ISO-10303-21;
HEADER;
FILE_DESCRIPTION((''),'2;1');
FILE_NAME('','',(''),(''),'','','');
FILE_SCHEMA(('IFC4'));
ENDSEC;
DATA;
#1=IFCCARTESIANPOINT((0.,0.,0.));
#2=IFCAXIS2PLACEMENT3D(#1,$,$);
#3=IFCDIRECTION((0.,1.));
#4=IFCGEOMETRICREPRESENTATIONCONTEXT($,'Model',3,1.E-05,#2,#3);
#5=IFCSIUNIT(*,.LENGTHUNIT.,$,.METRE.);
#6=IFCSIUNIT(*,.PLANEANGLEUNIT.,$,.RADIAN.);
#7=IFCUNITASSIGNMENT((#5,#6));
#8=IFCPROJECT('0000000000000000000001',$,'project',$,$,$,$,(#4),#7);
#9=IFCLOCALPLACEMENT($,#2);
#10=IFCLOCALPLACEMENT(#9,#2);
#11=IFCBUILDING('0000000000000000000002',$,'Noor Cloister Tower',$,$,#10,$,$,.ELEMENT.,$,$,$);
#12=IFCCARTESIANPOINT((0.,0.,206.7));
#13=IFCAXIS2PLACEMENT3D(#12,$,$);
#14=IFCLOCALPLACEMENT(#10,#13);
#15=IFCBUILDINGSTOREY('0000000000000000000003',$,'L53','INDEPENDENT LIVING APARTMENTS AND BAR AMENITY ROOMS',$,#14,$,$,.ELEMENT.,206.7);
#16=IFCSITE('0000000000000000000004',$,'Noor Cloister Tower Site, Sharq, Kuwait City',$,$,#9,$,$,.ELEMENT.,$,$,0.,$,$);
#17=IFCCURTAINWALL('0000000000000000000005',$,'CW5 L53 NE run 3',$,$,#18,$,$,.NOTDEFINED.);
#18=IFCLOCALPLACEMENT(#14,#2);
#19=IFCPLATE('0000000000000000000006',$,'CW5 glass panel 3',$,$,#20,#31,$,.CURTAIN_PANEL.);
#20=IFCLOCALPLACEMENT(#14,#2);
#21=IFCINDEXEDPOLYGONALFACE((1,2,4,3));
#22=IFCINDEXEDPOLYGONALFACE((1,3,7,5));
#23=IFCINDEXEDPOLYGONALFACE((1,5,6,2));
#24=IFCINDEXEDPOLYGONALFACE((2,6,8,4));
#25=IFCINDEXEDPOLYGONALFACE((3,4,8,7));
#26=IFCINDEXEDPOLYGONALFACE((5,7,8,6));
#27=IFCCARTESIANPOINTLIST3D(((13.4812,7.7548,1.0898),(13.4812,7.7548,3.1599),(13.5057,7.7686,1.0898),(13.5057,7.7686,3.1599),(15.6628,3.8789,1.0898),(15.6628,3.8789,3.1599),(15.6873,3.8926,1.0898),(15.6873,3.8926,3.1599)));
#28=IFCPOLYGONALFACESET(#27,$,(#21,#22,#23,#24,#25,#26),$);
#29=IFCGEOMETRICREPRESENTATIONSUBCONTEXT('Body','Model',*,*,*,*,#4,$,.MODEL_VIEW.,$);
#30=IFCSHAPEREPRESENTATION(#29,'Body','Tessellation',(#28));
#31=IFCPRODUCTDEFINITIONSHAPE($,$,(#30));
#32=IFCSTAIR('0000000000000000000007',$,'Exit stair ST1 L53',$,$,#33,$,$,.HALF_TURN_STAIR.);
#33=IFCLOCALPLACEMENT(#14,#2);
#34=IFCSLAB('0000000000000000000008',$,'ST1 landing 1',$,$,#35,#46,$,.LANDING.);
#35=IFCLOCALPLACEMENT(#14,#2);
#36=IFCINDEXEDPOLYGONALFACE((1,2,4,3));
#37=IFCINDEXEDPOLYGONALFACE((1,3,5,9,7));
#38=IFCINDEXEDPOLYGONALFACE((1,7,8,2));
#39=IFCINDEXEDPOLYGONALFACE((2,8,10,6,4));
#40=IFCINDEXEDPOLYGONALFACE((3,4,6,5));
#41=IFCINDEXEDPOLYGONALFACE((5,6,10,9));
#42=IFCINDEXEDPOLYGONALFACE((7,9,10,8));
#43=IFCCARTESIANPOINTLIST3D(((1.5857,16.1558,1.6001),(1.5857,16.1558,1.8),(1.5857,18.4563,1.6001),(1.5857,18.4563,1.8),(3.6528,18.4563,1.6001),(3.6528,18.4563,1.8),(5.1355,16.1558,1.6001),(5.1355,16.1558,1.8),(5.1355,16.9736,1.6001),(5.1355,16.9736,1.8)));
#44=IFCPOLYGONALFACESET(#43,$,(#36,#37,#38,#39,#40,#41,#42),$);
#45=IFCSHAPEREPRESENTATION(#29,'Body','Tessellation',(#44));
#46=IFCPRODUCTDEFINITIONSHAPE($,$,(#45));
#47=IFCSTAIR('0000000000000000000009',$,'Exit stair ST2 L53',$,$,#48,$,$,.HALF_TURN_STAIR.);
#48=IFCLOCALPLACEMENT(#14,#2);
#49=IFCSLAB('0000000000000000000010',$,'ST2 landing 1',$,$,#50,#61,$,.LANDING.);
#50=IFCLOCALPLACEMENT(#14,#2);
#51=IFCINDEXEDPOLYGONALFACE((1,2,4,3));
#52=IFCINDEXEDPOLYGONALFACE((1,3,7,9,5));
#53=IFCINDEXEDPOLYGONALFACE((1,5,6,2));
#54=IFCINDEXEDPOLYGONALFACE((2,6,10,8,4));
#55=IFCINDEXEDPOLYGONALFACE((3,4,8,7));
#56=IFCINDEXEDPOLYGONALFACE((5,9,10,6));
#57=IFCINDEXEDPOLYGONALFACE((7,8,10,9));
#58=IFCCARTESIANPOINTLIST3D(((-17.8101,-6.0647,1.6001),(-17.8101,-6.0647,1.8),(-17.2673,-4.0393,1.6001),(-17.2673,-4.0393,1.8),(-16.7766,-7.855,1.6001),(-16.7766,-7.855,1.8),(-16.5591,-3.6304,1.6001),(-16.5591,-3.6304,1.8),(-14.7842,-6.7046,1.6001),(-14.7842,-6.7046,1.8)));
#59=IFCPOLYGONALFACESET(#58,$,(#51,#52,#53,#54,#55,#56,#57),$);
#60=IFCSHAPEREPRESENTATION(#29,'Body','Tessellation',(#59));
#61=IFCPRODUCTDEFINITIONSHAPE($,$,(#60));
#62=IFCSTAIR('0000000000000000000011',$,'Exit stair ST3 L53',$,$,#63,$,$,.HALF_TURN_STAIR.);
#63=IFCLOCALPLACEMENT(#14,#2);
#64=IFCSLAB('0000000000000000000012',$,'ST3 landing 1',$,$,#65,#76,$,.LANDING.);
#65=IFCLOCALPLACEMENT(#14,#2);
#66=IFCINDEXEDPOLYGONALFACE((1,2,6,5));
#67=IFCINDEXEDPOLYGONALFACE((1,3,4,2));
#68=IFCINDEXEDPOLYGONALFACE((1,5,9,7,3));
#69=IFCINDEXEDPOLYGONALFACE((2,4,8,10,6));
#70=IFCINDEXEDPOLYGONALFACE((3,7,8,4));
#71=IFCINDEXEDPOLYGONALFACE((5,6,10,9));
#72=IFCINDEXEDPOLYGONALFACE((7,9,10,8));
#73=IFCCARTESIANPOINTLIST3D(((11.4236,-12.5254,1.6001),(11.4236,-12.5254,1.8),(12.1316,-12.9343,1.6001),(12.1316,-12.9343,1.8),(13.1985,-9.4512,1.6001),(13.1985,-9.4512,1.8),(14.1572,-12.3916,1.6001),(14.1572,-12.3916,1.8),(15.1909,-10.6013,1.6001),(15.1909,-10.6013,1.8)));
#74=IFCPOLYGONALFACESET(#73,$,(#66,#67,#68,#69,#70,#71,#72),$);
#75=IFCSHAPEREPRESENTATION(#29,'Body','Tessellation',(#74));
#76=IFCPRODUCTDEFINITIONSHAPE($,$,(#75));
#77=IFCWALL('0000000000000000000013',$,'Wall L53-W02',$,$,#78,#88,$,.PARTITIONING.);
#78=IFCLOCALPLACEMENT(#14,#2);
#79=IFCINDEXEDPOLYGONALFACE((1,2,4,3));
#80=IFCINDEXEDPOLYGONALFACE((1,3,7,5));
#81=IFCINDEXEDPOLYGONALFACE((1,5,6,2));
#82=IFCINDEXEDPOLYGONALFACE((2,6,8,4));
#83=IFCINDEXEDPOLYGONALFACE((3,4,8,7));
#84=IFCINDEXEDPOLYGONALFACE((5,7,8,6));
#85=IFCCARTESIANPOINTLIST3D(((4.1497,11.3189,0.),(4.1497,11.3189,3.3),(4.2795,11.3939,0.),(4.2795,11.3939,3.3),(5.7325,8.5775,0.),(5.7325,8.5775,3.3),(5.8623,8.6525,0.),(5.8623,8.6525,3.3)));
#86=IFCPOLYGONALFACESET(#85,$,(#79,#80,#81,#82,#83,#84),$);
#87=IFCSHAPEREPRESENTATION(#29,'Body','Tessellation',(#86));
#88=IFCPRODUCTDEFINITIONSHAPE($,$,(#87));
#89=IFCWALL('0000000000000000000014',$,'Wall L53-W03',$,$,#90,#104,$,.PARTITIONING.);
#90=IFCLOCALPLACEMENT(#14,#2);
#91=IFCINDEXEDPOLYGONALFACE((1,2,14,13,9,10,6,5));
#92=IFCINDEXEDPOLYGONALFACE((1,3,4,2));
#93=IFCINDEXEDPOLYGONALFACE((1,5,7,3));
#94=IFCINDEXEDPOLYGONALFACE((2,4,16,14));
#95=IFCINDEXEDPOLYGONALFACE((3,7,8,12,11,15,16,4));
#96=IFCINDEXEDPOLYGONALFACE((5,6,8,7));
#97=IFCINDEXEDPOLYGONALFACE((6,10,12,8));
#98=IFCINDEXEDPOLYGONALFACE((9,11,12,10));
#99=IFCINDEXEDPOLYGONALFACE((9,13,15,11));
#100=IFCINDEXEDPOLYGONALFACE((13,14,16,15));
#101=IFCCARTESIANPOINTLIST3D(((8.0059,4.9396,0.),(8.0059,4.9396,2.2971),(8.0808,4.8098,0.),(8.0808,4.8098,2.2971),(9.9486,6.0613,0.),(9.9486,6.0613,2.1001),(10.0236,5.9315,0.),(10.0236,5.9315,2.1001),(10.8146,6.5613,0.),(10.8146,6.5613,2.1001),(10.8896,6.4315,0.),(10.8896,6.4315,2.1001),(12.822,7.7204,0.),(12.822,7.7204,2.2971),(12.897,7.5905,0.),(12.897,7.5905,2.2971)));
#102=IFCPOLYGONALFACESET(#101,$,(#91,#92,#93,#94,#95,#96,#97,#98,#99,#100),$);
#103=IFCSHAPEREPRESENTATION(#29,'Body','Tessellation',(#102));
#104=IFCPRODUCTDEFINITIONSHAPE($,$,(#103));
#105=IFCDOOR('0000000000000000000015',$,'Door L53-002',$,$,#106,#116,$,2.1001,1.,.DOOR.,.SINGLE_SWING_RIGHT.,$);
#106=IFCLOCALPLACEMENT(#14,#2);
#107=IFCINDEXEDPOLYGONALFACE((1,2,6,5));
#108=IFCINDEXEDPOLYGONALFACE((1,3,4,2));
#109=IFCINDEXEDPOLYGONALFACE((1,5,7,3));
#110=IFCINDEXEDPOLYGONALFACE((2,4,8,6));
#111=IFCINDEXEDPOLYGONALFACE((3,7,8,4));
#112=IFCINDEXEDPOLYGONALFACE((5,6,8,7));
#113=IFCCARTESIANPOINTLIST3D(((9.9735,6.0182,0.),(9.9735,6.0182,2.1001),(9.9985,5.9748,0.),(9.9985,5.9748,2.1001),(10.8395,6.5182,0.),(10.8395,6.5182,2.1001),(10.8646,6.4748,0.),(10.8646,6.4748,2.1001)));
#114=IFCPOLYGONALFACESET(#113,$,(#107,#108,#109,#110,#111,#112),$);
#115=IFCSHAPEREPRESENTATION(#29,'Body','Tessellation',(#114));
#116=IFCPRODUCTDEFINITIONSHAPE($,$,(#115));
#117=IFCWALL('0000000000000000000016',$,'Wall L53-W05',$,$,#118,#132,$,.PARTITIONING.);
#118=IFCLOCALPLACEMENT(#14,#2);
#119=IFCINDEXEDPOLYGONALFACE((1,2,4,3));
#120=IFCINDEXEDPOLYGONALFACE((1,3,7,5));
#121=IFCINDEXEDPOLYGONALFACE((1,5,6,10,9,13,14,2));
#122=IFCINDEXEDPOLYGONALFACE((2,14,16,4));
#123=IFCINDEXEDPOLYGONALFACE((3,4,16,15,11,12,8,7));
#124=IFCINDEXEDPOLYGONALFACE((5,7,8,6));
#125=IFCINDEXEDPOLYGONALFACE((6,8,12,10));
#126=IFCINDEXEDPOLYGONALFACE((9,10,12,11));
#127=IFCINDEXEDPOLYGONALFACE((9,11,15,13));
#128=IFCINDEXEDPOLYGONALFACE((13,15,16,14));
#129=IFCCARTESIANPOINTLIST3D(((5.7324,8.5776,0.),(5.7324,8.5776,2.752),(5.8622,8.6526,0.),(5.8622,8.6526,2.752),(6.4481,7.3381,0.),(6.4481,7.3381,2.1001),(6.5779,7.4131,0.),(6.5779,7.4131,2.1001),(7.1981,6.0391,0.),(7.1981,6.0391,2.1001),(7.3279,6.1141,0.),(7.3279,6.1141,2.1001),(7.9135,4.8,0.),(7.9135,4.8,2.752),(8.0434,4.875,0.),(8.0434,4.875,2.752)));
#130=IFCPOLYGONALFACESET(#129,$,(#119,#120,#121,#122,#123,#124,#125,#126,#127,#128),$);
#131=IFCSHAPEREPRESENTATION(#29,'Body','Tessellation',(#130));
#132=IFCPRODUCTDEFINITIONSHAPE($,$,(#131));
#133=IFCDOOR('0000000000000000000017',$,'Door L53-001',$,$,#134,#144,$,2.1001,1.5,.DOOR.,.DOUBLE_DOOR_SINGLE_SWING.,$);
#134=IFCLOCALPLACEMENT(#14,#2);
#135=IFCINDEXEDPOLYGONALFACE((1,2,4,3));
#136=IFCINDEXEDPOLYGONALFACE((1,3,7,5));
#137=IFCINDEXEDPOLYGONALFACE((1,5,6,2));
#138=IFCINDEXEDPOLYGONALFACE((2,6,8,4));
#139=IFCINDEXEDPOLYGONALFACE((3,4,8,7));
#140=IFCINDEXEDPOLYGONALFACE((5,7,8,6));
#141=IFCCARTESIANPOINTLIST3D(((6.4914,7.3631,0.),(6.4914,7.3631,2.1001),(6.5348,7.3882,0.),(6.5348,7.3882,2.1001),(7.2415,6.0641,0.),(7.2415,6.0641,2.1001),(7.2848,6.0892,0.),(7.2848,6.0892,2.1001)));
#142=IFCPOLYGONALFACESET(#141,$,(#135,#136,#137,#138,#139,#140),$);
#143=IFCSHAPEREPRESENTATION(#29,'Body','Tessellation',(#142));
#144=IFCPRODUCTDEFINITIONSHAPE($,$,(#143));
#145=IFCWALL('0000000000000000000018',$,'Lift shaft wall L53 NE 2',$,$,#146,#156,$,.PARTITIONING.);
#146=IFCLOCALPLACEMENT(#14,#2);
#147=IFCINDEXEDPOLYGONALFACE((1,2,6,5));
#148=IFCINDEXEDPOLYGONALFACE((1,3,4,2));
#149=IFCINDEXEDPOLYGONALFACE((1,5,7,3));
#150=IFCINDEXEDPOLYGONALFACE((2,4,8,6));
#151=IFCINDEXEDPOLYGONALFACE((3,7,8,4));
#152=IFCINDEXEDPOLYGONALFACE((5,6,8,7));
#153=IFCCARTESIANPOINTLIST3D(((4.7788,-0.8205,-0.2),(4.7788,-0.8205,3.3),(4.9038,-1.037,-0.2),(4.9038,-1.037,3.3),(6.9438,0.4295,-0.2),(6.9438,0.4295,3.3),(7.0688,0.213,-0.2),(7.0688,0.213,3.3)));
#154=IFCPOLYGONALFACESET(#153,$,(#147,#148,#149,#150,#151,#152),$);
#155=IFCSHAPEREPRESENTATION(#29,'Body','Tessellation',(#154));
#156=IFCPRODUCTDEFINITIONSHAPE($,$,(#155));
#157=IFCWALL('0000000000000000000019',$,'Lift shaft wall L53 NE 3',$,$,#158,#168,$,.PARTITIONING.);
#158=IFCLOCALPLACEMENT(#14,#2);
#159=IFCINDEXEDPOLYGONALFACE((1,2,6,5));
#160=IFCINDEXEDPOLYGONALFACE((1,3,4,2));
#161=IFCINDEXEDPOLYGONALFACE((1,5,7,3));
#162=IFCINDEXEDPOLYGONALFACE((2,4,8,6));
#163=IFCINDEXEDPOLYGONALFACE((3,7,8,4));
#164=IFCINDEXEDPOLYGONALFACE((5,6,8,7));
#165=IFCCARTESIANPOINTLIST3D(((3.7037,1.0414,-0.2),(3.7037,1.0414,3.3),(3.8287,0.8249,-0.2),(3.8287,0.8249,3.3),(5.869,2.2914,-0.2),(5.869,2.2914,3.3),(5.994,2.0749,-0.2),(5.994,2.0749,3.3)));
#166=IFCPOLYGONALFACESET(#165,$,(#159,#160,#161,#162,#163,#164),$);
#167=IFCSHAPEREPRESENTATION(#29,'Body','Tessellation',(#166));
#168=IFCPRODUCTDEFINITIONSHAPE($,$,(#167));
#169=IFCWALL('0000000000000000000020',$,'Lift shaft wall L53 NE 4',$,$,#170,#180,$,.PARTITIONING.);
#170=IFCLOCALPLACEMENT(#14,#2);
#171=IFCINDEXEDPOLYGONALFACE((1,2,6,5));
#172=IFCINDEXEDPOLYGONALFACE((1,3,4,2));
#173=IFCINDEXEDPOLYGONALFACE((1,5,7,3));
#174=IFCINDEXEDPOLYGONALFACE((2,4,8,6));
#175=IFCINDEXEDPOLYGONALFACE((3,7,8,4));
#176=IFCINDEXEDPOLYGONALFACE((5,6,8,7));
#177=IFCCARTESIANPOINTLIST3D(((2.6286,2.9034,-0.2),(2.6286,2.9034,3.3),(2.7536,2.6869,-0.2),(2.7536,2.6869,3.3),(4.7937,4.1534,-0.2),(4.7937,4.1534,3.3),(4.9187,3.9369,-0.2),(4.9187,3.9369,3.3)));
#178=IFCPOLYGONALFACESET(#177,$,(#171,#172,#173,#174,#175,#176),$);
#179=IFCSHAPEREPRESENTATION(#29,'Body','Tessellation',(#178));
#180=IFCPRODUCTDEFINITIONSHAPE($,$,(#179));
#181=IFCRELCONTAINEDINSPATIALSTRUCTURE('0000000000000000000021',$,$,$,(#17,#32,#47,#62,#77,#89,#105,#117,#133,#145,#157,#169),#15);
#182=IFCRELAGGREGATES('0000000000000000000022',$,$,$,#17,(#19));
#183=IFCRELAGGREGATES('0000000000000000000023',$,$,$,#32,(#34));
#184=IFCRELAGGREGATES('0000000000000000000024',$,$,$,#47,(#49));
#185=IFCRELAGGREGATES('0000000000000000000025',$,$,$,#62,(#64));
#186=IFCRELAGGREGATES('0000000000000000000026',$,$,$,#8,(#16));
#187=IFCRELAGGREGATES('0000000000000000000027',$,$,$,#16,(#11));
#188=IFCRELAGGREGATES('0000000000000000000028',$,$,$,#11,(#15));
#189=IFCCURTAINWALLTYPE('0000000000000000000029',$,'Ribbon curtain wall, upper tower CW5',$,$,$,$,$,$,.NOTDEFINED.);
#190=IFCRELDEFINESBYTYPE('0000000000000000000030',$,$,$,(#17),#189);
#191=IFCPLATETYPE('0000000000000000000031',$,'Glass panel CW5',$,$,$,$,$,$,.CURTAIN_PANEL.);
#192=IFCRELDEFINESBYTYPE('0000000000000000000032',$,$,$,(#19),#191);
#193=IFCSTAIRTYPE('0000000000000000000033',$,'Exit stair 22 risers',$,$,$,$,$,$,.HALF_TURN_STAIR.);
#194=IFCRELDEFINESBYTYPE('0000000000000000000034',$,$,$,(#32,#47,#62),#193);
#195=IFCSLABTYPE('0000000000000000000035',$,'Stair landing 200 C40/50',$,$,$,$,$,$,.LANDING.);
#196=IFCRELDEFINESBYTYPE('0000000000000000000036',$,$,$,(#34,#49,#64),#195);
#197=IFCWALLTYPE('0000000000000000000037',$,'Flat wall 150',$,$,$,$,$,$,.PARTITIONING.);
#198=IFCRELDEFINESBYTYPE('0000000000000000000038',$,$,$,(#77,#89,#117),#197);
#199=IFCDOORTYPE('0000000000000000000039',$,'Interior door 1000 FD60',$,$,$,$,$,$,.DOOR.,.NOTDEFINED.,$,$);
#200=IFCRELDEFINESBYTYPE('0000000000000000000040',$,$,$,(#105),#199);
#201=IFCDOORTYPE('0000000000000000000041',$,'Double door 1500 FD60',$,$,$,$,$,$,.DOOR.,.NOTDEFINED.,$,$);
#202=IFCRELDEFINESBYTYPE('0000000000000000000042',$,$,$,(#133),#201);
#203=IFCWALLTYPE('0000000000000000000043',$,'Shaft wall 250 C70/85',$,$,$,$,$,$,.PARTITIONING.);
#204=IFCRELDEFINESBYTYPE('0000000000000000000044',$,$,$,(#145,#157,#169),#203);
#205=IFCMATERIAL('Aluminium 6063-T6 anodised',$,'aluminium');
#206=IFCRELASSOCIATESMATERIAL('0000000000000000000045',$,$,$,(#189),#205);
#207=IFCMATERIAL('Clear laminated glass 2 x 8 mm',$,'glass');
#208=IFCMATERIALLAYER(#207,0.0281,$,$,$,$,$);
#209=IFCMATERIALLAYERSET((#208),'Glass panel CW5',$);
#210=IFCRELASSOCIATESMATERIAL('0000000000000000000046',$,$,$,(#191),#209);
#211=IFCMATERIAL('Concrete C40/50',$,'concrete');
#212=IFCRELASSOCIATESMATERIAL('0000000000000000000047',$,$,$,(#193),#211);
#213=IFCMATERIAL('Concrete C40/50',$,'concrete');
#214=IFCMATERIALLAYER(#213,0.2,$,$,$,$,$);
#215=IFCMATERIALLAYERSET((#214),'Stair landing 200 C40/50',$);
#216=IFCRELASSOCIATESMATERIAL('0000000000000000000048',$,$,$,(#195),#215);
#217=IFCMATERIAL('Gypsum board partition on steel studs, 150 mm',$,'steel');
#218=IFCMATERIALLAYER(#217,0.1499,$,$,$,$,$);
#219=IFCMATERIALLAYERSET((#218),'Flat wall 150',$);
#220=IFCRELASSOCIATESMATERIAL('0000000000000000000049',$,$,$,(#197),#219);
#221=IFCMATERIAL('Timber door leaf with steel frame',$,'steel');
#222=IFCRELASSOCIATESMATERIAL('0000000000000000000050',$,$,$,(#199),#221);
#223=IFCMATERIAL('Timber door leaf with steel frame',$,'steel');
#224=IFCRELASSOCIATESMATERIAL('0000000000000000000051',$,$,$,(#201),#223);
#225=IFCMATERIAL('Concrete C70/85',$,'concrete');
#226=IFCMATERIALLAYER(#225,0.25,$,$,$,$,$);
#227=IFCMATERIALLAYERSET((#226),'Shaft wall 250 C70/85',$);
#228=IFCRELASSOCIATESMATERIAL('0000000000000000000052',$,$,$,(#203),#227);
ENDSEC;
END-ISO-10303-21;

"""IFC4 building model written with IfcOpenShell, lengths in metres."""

from ifc_helpers import new_model, si_unit, direction, frame, frame_2d, origin, origin_2d, place, context, subcontext, project, spatial, polyline, rectangle, outline, extrude, material, layer, layer_set, type_object, element, fill, aggregate, save


model = new_model("IFC4")

# Units and contexts
model_context = context("Model", 3, precision=1e-05, world=origin(), true_north=direction((0.0, 1.0)))
body_context = subcontext(model_context, "Body", "Model", "MODEL_VIEW")
ifc_project = project(units=[si_unit("LENGTHUNIT", "METRE"), si_unit("PLANEANGLEUNIT", "RADIAN")], contexts=[model_context])

# Site, building, storey
site_placement = place(None, origin())
site = spatial("IfcSite", under=ifc_project, at=site_placement, Name="Noor Cloister Tower Site, Sharq, Kuwait City", CompositionType="ELEMENT", RefElevation=0.0)
building_placement = place(site_placement, origin())
building = spatial("IfcBuilding", under=site, at=building_placement, Name="Noor Cloister Tower", CompositionType="ELEMENT")
storey_placement = place(building_placement, frame((0.0, 0.0, 206.7)))
storey = spatial("IfcBuildingStorey", under=building, at=storey_placement, Name="L53", Description="INDEPENDENT LIVING APARTMENTS AND BAR AMENITY ROOMS", CompositionType="ELEMENT", Elevation=206.7)

# Curtain wall
ifc_material_1 = material(Name="Aluminium 6063-T6 anodised", Category="aluminium")
curtain_wall_type = type_object("IfcCurtainWallType", Name="Ribbon curtain wall, upper tower CW5", PredefinedType="NOTDEFINED", material=ifc_material_1)
curtain_wall_placement = place(storey_placement, origin())
curtain_wall = element("IfcCurtainWall", 1, at=curtain_wall_placement, inside=storey, type_object=curtain_wall_type, Name="CW5 L53 NE run 3", PredefinedType="NOTDEFINED")

# Plate
ifc_material_2 = material(Name="Clear laminated glass 2 x 8 mm", Category="glass")
ifc_layer_1 = layer(ifc_material_2, 0.0281)
ifc_layer_set_1 = layer_set([ifc_layer_1], Name="Glass panel CW5")
plate_type = type_object("IfcPlateType", Name="Glass panel CW5", PredefinedType="CURTAIN_PANEL", material=ifc_layer_set_1)
plate_1_placement = place(storey_placement, frame((14.5842, 5.8237, 1.0898), z_axis=(0.0, 0.0, 1.0), x_axis=(-0.490491, 0.871446, 0.0)))
plate_1 = element("IfcPlate", 2, at=plate_1_placement, type_object=plate_type, Name="CW5 glass panel 3", PredefinedType="CURTAIN_PANEL", context=body_context, shape_type="SweptSolid", body=[
    extrude(rectangle(XDim=4.4478, YDim=0.0281, at=origin_2d()), origin(), (0.0, 0.0, 1.0), 2.0701),
])
aggregate(curtain_wall, [plate_1])

# Stairs, slabs
ifc_material_3 = material(Name="Concrete C40/50", Category="concrete")
stair_type = type_object("IfcStairType", Name="Exit stair 22 risers", PredefinedType="HALF_TURN_STAIR", material=ifc_material_3)
stair_1_placement = place(storey_placement, origin())
stair_1 = element("IfcStair", 3, at=stair_1_placement, inside=storey, type_object=stair_type, Name="Exit stair ST1 L53", PredefinedType="HALF_TURN_STAIR")
ifc_material_4 = material(Name="Concrete C40/50", Category="concrete")
ifc_layer_2 = layer(ifc_material_4, 0.2)
ifc_layer_set_2 = layer_set([ifc_layer_2], Name="Stair landing 200 C40/50")
slab_type_1 = type_object("IfcSlabType", Name="Stair landing 200 C40/50", PredefinedType="LANDING", material=ifc_layer_set_2)
slab_1_placement = place(storey_placement, frame((0.0, 0.0, 1.6001)))
slab_1 = element("IfcSlab", 4, at=slab_1_placement, type_object=slab_type_1, Name="ST1 landing 1", PredefinedType="LANDING", context=body_context, shape_type="SweptSolid", body=[
    extrude(outline(polyline([(5.1355, 16.1558), (5.1355, 16.9736), (3.6528, 18.4563), (1.5857, 18.4563), (1.5857, 16.1558), (5.1355, 16.1558)])), origin(), (0.0, 0.0, 1.0), 0.2),
])
aggregate(stair_1, [slab_1])
stair_2_placement = place(storey_placement, origin())
stair_2 = element("IfcStair", 5, at=stair_2_placement, inside=storey, type_object=stair_type, Name="Exit stair ST2 L53", PredefinedType="HALF_TURN_STAIR")
slab_2_placement = place(storey_placement, frame((0.0, 0.0, 1.6001)))
slab_2 = element("IfcSlab", 6, at=slab_2_placement, type_object=slab_type_1, Name="ST2 landing 1", PredefinedType="LANDING", context=body_context, shape_type="SweptSolid", body=[
    extrude(outline(polyline([(-16.5591, -3.6304), (-17.2673, -4.0393), (-17.8101, -6.0647), (-16.7766, -7.855), (-14.7842, -6.7046), (-16.5591, -3.6304)])), origin(), (0.0, 0.0, 1.0), 0.2),
])
aggregate(stair_2, [slab_2])
stair_3_placement = place(storey_placement, origin())
stair_3 = element("IfcStair", 7, at=stair_3_placement, inside=storey, type_object=stair_type, Name="Exit stair ST3 L53", PredefinedType="HALF_TURN_STAIR")
slab_3_placement = place(storey_placement, frame((0.0, 0.0, 1.6001)))
slab_3 = element("IfcSlab", 8, at=slab_3_placement, type_object=slab_type_1, Name="ST3 landing 1", PredefinedType="LANDING", context=body_context, shape_type="SweptSolid", body=[
    extrude(outline(polyline([(11.4236, -12.5254), (12.1316, -12.9343), (14.1572, -12.3916), (15.1909, -10.6013), (13.1985, -9.4512), (11.4236, -12.5254)])), origin(), (0.0, 0.0, 1.0), 0.2),
])
aggregate(stair_3, [slab_3])

# Wall
ifc_material_5 = material(Name="Gypsum board partition on steel studs, 150 mm", Category="steel")
ifc_layer_3 = layer(ifc_material_5, 0.1499)
ifc_layer_set_3 = layer_set([ifc_layer_3], Name="Flat wall 150")
wall_type_1 = type_object("IfcWallType", Name="Flat wall 150", PredefinedType="PARTITIONING", material=ifc_layer_set_3)
wall_1_placement = place(storey_placement, frame((5.7974, 8.615, 0.0), z_axis=(0.0, 0.0, 1.0), x_axis=(-0.499996, 0.866028, 0.0)))
element("IfcWall", 9, at=wall_1_placement, inside=storey, type_object=wall_type_1, Name="Wall L53-W02", PredefinedType="PARTITIONING", context=body_context, shape_type="SweptSolid", body=[
    extrude(rectangle(XDim=3.1655, YDim=0.1499, at=frame_2d((1.5828, 0.0))), origin(), (0.0, 0.0, 1.0), 3.3),
])

# Walls, openings, doors
wall_2_placement = place(storey_placement, frame((12.8596, 7.6555, 0.0), z_axis=(0.0, 0.0, 1.0), x_axis=(-0.866014, -0.50002, 0.0)))
wall_2 = element("IfcWall", 10, at=wall_2_placement, inside=storey, type_object=wall_type_1, Name="Wall L53-W03", PredefinedType="PARTITIONING", context=body_context, shape_type="SweptSolid", body=[
    extrude(rectangle(XDim=5.5613, YDim=0.1499, at=frame_2d((2.7808, 0.0))), origin(), (0.0, 0.0, 1.0), 2.2971),
])
opening_1_placement = place(wall_2_placement, frame((2.3181, 0.0, 0.0)))
opening_1 = element("IfcOpeningElement", 11, at=opening_1_placement, cuts=wall_2, PredefinedType="OPENING", context=body_context, shape_type="SweptSolid", body=[
    extrude(rectangle(XDim=1.0, YDim=2.1001, at=frame_2d((0.5, 1.05))), frame((0.0, 0.085, 0.0), z_axis=(0.0, -1.0, 0.0), x_axis=(1.0, 0.0, 0.0)), (0.0, 0.0, 1.0), 0.1699),
])
ifc_material_6 = material(Name="Timber door leaf with steel frame", Category="steel")
door_type_1 = type_object("IfcDoorType", Name="Interior door 1000 FD60", OperationType="NOTDEFINED", PredefinedType="DOOR", material=ifc_material_6)
door_1_placement = place(opening_1_placement, origin())
door_1 = element("IfcDoor", 12, at=door_1_placement, inside=storey, type_object=door_type_1, Name="Door L53-002", OperationType="SINGLE_SWING_RIGHT", OverallHeight=2.1001, OverallWidth=1.0, PredefinedType="DOOR", context=body_context, shape_type="SweptSolid", body=[
    extrude(rectangle(XDim=1.0, YDim=2.1001, at=frame_2d((0.5, 1.05))), frame((0.0, 0.0249, 0.0), z_axis=(0.0, -1.0, 0.0), x_axis=(1.0, 0.0, 0.0)), (0.0, 0.0, 1.0), 0.05),
])
fill(opening_1, door_1)
wall_3_placement = place(storey_placement, frame((7.9785, 4.8374, 0.0), z_axis=(0.0, 0.0, 1.0), x_axis=(-0.500028, 0.866009, 0.0)))
wall_3 = element("IfcWall", 13, at=wall_3_placement, inside=storey, type_object=wall_type_1, Name="Wall L53-W05", PredefinedType="PARTITIONING", context=body_context, shape_type="SweptSolid", body=[
    extrude(rectangle(XDim=4.3621, YDim=0.1499, at=frame_2d((2.1812, 0.0))), origin(), (0.0, 0.0, 1.0), 2.752),
])
opening_2_placement = place(wall_3_placement, frame((1.4309, 0.0, 0.0)))
opening_2 = element("IfcOpeningElement", 14, at=opening_2_placement, cuts=wall_3, PredefinedType="OPENING", context=body_context, shape_type="SweptSolid", body=[
    extrude(rectangle(XDim=1.5, YDim=2.1001, at=frame_2d((0.75, 1.05))), frame((0.0, 0.085, 0.0), z_axis=(0.0, -1.0, 0.0), x_axis=(1.0, 0.0, 0.0)), (0.0, 0.0, 1.0), 0.1699),
])
ifc_material_7 = material(Name="Timber door leaf with steel frame", Category="steel")
door_type_2 = type_object("IfcDoorType", Name="Double door 1500 FD60", OperationType="NOTDEFINED", PredefinedType="DOOR", material=ifc_material_7)
door_2_placement = place(opening_2_placement, origin())
door_2 = element("IfcDoor", 15, at=door_2_placement, inside=storey, type_object=door_type_2, Name="Door L53-001", OperationType="DOUBLE_DOOR_SINGLE_SWING", OverallHeight=2.1001, OverallWidth=1.5, PredefinedType="DOOR", context=body_context, shape_type="SweptSolid", body=[
    extrude(rectangle(XDim=1.5, YDim=2.1001, at=frame_2d((0.75, 1.05))), frame((0.0, 0.0249, 0.0), z_axis=(0.0, -1.0, 0.0), x_axis=(1.0, 0.0, 0.0)), (0.0, 0.0, 1.0), 0.05),
])
fill(opening_2, door_2)

# Walls
ifc_material_8 = material(Name="Concrete C70/85", Category="concrete")
ifc_layer_4 = layer(ifc_material_8, 0.25)
ifc_layer_set_4 = layer_set([ifc_layer_4], Name="Shaft wall 250 C70/85")
wall_type_2 = type_object("IfcWallType", Name="Shaft wall 250 C70/85", PredefinedType="PARTITIONING", material=ifc_layer_set_4)
wall_4_placement = place(storey_placement, frame((7.0063, 0.3213, -0.2), z_axis=(0.0, 0.0, 1.0), x_axis=(-0.866023, -0.500004, 0.0)))
element("IfcWall", 16, at=wall_4_placement, inside=storey, type_object=wall_type_2, Name="Lift shaft wall L53 NE 2", PredefinedType="PARTITIONING", context=body_context, shape_type="SweptSolid", body=[
    extrude(rectangle(XDim=2.5, YDim=0.25, at=frame_2d((1.25, 0.0))), origin(), (0.0, 0.0, 1.0), 3.5),
])
wall_5_placement = place(storey_placement, frame((5.9314, 2.1831, -0.2), z_axis=(0.0, 0.0, 1.0), x_axis=(-0.866047, -0.499962, 0.0)))
element("IfcWall", 17, at=wall_5_placement, inside=storey, type_object=wall_type_2, Name="Lift shaft wall L53 NE 3", PredefinedType="PARTITIONING", context=body_context, shape_type="SweptSolid", body=[
    extrude(rectangle(XDim=2.5002, YDim=0.25, at=frame_2d((1.25, 0.0))), origin(), (0.0, 0.0, 1.0), 3.5),
])
for number, where, z_axis, x_axis, name in (
    (18, (4.8562, 4.0452, -0.2), (0.0, 0.0, 1.0), (-0.866023, -0.500004, 0.0), "Lift shaft wall L53 NE 4"),
):
    element("IfcWall", number, at=place(storey_placement, frame(where, z_axis=z_axis, x_axis=x_axis)), inside=storey, type_object=wall_type_2, Name=name, PredefinedType="PARTITIONING", context=body_context, shape_type="SweptSolid", body=[
        extrude(rectangle(XDim=2.5, YDim=0.25, at=frame_2d((1.25, 0.0))), origin(), (0.0, 0.0, 1.0), 3.5),
    ])

save(model, "model.ifc")
